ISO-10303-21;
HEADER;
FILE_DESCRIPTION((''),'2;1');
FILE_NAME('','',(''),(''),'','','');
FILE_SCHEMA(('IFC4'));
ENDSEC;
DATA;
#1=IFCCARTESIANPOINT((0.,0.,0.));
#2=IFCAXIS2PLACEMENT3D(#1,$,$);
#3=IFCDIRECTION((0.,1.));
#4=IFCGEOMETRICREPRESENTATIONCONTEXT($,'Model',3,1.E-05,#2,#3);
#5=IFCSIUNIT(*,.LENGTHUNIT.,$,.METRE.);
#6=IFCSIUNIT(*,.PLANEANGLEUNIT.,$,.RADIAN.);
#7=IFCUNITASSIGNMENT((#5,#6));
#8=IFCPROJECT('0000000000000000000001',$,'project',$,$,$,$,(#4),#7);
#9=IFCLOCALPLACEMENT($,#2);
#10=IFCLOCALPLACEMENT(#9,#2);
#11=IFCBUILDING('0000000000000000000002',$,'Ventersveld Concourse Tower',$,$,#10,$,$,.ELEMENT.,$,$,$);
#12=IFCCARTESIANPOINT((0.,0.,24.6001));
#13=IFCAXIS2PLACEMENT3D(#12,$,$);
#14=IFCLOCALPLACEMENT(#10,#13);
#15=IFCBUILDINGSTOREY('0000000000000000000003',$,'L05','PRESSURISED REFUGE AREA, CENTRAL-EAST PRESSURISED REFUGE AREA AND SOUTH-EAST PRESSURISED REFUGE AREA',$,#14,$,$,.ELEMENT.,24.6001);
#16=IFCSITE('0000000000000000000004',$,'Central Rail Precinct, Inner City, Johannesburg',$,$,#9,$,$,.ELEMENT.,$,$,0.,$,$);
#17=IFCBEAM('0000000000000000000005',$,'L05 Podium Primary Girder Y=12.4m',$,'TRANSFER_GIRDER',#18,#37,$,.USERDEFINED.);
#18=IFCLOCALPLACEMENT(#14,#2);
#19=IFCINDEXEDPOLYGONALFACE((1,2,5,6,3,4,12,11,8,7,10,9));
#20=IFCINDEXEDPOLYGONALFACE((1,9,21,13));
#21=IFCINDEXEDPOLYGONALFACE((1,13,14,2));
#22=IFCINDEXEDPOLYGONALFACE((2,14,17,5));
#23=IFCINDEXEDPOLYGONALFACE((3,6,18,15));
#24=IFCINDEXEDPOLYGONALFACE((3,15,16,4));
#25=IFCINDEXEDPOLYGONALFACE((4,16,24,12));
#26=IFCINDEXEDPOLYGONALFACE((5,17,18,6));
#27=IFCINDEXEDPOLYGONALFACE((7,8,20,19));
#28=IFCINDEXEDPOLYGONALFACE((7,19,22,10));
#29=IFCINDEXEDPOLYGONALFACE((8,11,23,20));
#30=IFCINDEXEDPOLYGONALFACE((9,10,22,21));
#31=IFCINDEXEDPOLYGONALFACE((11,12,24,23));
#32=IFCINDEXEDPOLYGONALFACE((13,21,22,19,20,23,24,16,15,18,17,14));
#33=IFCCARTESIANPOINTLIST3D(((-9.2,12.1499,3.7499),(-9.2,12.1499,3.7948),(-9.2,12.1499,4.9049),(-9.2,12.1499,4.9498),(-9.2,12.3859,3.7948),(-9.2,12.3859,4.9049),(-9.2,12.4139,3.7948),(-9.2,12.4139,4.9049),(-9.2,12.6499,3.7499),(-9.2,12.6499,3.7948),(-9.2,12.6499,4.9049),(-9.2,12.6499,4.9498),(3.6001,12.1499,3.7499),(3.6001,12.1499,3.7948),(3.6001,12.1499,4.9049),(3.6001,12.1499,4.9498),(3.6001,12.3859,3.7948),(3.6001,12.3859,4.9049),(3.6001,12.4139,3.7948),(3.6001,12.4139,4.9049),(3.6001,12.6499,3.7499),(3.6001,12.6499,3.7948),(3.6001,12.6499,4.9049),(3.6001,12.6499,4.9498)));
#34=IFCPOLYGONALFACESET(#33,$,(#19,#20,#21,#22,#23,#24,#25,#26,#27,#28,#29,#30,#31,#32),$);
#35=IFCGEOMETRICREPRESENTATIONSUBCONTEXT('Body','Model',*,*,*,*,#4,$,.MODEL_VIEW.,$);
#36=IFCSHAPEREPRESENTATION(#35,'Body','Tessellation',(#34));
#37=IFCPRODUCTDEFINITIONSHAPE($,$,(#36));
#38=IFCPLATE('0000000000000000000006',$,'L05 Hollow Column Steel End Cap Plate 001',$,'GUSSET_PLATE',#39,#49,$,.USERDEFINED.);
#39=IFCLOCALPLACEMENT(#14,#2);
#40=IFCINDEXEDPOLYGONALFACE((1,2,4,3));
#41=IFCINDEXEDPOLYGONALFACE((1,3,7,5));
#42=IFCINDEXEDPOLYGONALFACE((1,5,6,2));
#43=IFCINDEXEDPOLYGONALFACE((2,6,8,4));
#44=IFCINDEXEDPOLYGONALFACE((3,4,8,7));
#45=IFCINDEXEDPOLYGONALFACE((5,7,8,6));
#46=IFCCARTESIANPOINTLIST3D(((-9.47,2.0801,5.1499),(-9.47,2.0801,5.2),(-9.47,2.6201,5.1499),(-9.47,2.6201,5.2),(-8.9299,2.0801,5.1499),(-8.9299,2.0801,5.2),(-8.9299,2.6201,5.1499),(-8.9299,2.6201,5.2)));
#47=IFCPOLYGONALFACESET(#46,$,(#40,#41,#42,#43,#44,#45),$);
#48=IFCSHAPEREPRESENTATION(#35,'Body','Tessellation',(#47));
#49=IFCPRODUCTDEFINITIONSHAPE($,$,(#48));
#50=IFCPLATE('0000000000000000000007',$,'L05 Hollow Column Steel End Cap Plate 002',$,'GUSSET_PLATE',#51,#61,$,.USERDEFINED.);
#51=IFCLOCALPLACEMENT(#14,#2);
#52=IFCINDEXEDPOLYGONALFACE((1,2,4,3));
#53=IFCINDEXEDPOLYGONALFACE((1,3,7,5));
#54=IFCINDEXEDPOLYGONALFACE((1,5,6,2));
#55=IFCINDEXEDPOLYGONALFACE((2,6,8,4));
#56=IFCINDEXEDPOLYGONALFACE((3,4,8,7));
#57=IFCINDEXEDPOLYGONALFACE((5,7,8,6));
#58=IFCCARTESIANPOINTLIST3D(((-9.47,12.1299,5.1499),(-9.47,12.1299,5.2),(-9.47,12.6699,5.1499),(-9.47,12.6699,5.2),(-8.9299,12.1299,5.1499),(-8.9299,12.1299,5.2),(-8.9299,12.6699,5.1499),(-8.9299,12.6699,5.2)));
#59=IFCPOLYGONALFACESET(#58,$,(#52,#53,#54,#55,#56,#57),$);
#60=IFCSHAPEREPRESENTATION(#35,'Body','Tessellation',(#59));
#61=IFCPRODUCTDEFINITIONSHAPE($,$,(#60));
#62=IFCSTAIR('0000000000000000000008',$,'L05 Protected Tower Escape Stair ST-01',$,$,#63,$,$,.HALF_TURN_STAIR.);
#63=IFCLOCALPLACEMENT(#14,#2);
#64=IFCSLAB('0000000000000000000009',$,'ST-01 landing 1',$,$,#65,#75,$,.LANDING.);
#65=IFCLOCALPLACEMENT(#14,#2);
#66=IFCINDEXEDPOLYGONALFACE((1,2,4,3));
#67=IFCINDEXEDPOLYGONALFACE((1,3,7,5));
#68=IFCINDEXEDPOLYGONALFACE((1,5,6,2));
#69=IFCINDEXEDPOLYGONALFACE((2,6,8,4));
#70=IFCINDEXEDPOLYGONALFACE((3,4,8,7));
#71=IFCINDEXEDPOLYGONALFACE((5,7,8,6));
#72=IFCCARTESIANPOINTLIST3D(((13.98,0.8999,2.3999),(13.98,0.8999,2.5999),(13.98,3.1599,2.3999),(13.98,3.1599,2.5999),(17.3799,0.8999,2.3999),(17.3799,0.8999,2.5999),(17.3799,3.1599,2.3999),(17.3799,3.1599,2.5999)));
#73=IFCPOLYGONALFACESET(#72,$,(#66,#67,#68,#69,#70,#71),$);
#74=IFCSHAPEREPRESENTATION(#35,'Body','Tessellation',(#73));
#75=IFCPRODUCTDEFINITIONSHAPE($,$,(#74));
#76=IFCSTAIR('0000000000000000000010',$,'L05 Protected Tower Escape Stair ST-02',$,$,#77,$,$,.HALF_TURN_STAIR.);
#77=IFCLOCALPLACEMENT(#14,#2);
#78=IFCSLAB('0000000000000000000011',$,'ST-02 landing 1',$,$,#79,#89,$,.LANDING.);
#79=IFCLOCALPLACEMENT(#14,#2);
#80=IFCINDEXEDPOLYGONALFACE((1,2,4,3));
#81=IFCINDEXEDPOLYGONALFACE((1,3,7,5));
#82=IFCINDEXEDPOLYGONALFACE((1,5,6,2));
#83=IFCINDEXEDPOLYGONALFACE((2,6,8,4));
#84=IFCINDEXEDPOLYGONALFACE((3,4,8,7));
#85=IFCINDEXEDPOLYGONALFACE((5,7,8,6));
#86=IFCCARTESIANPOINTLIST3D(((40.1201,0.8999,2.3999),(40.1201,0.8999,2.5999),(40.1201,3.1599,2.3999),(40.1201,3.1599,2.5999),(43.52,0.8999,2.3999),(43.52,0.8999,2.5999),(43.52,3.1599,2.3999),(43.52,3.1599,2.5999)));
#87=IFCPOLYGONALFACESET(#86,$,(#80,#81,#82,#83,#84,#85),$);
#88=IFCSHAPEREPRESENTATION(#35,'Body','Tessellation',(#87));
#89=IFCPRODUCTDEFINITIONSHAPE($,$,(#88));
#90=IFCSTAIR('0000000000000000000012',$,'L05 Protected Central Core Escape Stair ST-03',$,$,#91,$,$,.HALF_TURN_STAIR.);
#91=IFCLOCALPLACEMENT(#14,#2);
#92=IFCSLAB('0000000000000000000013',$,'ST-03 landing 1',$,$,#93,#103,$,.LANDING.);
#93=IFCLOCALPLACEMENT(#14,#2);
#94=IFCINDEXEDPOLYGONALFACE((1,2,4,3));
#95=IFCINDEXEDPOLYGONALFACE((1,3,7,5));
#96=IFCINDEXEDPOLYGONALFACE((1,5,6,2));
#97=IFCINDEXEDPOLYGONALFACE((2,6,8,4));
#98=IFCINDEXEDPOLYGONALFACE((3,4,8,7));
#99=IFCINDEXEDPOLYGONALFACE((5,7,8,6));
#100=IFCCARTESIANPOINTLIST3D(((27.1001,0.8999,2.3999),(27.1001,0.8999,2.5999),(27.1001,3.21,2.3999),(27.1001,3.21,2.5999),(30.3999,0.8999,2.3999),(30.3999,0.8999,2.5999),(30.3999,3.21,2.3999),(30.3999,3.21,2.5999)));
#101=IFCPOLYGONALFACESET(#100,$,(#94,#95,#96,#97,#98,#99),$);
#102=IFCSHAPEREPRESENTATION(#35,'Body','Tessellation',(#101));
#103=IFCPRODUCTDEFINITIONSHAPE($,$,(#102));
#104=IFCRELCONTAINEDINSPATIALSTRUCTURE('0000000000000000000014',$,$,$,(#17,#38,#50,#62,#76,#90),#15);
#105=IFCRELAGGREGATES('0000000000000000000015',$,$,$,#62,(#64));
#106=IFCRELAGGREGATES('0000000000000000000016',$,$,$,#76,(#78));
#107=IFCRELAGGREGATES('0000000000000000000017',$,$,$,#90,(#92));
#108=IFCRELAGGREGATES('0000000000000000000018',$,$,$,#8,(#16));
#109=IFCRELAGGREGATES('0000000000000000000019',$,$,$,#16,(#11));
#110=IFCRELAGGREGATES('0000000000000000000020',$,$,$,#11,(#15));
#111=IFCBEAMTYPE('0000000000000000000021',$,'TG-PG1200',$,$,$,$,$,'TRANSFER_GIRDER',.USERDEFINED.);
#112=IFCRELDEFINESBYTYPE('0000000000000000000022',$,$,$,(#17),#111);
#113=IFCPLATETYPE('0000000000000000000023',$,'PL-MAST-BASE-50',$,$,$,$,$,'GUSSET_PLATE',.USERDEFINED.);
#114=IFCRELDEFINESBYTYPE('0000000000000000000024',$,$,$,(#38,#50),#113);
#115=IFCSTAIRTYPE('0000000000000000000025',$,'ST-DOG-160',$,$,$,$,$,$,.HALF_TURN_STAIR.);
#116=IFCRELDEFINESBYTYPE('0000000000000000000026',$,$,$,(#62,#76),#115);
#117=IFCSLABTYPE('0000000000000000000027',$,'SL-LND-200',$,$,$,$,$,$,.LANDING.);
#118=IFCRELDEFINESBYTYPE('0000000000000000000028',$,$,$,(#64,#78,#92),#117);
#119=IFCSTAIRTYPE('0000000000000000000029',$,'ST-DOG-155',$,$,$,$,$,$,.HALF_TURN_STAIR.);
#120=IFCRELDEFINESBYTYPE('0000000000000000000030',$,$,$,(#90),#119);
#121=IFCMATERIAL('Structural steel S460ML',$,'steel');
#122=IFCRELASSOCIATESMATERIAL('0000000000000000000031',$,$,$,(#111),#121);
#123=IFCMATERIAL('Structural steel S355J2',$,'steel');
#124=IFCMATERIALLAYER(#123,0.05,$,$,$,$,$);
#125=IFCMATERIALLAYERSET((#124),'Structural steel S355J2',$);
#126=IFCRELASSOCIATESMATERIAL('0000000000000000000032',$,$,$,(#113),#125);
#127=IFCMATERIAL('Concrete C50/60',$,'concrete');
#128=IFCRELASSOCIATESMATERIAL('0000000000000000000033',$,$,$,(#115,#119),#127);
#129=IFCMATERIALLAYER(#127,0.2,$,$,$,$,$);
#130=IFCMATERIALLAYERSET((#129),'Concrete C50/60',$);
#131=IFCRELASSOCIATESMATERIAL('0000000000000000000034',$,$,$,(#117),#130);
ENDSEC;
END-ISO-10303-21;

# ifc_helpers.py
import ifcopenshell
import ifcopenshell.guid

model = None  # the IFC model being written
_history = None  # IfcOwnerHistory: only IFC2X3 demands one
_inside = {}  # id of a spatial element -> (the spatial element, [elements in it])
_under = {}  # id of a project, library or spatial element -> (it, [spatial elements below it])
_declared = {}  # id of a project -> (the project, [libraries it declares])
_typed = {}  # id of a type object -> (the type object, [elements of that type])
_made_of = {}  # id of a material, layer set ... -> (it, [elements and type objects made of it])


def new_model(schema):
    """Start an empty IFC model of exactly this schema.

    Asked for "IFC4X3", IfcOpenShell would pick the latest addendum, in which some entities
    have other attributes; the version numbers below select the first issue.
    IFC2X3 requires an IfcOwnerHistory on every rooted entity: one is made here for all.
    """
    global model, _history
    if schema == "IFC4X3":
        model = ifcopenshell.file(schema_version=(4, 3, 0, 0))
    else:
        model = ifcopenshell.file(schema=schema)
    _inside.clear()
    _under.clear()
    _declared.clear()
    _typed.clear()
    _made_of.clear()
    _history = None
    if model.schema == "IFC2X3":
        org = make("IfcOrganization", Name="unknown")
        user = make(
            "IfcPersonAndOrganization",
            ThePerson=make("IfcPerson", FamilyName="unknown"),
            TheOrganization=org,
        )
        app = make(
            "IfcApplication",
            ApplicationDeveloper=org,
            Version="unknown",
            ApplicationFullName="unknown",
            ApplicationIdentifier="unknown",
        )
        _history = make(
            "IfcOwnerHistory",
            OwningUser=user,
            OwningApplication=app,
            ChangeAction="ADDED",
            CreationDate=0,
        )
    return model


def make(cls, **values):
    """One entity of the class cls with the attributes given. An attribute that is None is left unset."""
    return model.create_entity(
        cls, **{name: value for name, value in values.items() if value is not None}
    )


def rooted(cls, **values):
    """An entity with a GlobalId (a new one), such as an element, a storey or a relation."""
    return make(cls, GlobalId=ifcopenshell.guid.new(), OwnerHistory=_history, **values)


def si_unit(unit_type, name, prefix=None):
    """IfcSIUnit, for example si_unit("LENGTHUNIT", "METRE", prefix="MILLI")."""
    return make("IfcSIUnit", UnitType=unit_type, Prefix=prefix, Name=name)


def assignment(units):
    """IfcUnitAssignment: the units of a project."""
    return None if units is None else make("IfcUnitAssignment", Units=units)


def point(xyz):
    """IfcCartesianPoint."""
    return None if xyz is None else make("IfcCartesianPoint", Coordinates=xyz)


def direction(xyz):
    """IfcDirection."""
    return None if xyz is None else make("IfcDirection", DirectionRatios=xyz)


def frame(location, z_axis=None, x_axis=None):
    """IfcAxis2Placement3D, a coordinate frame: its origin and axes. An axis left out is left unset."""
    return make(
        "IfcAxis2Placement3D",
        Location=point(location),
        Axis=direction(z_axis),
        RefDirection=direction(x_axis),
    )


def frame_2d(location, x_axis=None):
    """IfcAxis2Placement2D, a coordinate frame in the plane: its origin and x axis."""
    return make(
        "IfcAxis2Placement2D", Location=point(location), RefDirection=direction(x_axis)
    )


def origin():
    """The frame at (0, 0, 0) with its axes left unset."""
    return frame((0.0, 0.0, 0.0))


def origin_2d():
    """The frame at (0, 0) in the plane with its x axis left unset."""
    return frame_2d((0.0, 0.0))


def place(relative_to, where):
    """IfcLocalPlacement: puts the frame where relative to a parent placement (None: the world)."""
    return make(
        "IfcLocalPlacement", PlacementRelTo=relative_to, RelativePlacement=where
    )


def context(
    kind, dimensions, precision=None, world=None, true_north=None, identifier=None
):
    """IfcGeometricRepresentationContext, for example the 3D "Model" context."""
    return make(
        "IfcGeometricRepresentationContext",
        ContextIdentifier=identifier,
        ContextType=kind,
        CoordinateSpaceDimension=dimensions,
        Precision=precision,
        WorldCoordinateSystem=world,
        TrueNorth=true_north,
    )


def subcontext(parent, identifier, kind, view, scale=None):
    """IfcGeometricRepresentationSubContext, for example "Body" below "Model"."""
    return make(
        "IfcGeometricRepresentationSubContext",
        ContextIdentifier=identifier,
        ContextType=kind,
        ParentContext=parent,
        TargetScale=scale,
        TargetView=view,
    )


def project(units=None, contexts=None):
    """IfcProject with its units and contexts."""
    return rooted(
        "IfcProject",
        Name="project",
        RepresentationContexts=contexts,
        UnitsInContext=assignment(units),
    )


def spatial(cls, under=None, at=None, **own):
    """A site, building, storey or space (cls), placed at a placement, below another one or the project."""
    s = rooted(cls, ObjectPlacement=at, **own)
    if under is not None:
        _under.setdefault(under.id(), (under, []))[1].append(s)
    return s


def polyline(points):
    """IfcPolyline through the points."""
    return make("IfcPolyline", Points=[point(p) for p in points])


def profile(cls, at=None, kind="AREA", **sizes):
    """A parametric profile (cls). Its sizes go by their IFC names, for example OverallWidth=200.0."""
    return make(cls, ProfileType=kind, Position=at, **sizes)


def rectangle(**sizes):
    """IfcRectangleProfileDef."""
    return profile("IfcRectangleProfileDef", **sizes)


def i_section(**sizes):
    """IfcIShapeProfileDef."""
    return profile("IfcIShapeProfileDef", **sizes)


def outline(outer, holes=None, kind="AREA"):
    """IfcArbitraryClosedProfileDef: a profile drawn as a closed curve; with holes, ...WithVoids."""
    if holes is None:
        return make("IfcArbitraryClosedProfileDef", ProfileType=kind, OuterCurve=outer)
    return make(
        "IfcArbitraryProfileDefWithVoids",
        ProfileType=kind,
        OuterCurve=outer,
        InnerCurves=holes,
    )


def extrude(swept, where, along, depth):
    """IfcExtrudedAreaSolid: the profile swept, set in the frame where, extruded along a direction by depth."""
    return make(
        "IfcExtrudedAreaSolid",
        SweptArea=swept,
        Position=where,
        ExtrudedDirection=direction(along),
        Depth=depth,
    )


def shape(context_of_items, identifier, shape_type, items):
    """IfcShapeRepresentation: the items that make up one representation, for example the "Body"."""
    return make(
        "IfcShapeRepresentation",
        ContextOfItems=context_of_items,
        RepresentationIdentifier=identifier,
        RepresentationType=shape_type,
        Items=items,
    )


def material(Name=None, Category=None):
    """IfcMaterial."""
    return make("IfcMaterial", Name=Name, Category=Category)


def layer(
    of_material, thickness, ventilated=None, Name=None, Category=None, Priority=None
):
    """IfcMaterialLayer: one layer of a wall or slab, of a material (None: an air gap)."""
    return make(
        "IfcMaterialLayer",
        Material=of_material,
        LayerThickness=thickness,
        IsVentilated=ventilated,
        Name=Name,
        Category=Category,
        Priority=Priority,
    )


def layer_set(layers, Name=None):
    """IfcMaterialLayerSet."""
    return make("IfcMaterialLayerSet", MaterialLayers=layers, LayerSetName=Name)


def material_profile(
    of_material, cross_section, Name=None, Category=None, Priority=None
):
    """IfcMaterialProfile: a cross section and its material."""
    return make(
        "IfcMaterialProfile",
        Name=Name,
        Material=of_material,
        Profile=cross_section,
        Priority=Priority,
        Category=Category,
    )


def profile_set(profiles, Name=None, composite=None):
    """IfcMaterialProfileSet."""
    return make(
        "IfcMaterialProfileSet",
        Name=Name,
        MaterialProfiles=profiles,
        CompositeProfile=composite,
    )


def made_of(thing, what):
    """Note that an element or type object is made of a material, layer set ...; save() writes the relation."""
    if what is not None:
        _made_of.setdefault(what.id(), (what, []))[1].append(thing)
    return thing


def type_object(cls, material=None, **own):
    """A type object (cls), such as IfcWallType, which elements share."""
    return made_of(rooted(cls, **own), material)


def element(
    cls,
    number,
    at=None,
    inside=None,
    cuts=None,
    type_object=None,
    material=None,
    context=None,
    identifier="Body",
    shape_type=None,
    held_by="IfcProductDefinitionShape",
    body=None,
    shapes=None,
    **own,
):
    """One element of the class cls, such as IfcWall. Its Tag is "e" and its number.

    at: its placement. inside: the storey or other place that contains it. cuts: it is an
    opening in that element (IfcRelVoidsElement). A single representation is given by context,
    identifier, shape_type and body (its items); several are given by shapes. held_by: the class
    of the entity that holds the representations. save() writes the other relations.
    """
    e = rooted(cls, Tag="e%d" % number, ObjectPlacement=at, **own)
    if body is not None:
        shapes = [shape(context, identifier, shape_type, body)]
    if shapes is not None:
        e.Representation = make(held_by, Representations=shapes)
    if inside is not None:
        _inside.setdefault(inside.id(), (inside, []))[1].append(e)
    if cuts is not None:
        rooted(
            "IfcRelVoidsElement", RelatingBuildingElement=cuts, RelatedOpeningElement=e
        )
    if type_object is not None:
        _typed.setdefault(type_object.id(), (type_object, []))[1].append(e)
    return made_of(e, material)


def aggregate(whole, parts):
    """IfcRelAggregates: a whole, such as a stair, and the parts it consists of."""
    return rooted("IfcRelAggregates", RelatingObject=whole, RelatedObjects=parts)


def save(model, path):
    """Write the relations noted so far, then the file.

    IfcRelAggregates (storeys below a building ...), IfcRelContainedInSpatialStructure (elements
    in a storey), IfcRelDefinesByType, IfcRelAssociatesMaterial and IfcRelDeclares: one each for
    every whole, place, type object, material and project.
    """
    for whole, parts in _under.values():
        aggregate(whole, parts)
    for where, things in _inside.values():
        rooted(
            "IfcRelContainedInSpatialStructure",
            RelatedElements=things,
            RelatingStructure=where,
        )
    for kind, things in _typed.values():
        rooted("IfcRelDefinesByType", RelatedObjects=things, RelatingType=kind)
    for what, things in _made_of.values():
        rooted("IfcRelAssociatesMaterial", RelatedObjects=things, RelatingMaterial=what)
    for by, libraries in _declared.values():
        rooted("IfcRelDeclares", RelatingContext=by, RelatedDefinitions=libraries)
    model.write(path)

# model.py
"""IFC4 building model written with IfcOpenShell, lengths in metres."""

from ifc_helpers import new_model, si_unit, direction, frame, origin, origin_2d, place, context, subcontext, project, spatial, polyline, rectangle, i_section, outline, extrude, material, layer, layer_set, material_profile, profile_set, type_object, element, aggregate, save


model = new_model("IFC4")

# Units and contexts
model_context = context("Model", 3, precision=1e-05, world=origin(), true_north=direction((0.0, 1.0)))
body_context = subcontext(model_context, "Body", "Model", "MODEL_VIEW")
ifc_project = project(units=[si_unit("LENGTHUNIT", "METRE"), si_unit("PLANEANGLEUNIT", "RADIAN")], contexts=[model_context])

# Site, building, storey
site_placement = place(None, origin())
site = spatial("IfcSite", under=ifc_project, at=site_placement, Name="Central Rail Precinct, Inner City, Johannesburg", CompositionType="ELEMENT", RefElevation=0.0)
building_placement = place(site_placement, origin())
building = spatial("IfcBuilding", under=site, at=building_placement, Name="Ventersveld Concourse Tower", CompositionType="ELEMENT")
storey_placement = place(building_placement, frame((0.0, 0.0, 24.6001)))
storey = spatial("IfcBuildingStorey", under=building, at=storey_placement, Name="L05", Description="PRESSURISED REFUGE AREA, CENTRAL-EAST PRESSURISED REFUGE AREA AND SOUTH-EAST PRESSURISED REFUGE AREA", CompositionType="ELEMENT", Elevation=24.6001)

# Beam
ifc_material_1 = material(Name="Structural steel S355J2", Category="steel")
ifc_material_2 = material(Name="Structural steel S460ML", Category="steel")
ifc_material_profile_1 = material_profile(ifc_material_2, i_section(OverallWidth=0.5, OverallDepth=1.2, WebThickness=0.0281, FlangeThickness=0.0449, at=origin_2d()), Name="PG 1200x500x45")
ifc_profile_set_1 = profile_set([ifc_material_profile_1], Name="Structural steel S460ML")
beam_type_1 = type_object("IfcBeamType", Name="TG-PG1200", ElementType="TRANSFER_GIRDER", PredefinedType="USERDEFINED", material=ifc_profile_set_1)
beam_1_placement = place(storey_placement, frame((-9.2, 12.3999, 4.3499), z_axis=(1.0, 0.0, 0.0), x_axis=(0.0, 1.0, 0.0)))
element("IfcBeam", 1, at=beam_1_placement, inside=storey, type_object=beam_type_1, Name="L05 Podium Primary Girder Y=12.4m", ObjectType="TRANSFER_GIRDER", PredefinedType="USERDEFINED", context=body_context, shape_type="SweptSolid", body=[
    extrude(i_section(OverallWidth=0.5, OverallDepth=1.2, WebThickness=0.0281, FlangeThickness=0.0449, at=origin_2d()), origin(), (0.0, 0.0, 1.0), 12.8),
])

# Plates
ifc_layer_1 = layer(ifc_material_1, 0.05)
ifc_layer_set_1 = layer_set([ifc_layer_1], Name="Structural steel S355J2")
plate_type = type_object("IfcPlateType", Name="PL-MAST-BASE-50", ElementType="GUSSET_PLATE", PredefinedType="USERDEFINED", material=ifc_layer_set_1)
for number, where, z_axis, x_axis, name in (
    (2, (-9.2, 2.3501, 5.1499), (0.0, 0.0, 1.0), (1.0, 0.0, 0.0), "L05 Hollow Column Steel End Cap Plate 001"),
    (3, (-9.2, 12.3999, 5.1499), (0.0, 0.0, 1.0), (1.0, 0.0, 0.0), "L05 Hollow Column Steel End Cap Plate 002"),
):
    element("IfcPlate", number, at=place(storey_placement, frame(where, z_axis=z_axis, x_axis=x_axis)), inside=storey, type_object=plate_type, Name=name, ObjectType="GUSSET_PLATE", PredefinedType="USERDEFINED", context=body_context, shape_type="SweptSolid", body=[
        extrude(rectangle(XDim=0.54, YDim=0.54, at=origin_2d()), origin(), (0.0, 0.0, 1.0), 0.05),
    ])

# Stairs, slabs
ifc_material_3 = material(Name="Concrete C50/60", Category="concrete")
stair_type_1 = type_object("IfcStairType", Name="ST-DOG-160", PredefinedType="HALF_TURN_STAIR", material=ifc_material_3)
stair_1_placement = place(storey_placement, origin())
stair_1 = element("IfcStair", 4, at=stair_1_placement, inside=storey, type_object=stair_type_1, Name="L05 Protected Tower Escape Stair ST-01", PredefinedType="HALF_TURN_STAIR")
ifc_layer_2 = layer(ifc_material_3, 0.2)
ifc_layer_set_2 = layer_set([ifc_layer_2], Name="Concrete C50/60")
slab_type_1 = type_object("IfcSlabType", Name="SL-LND-200", PredefinedType="LANDING", material=ifc_layer_set_2)
slab_1_placement = place(storey_placement, frame((0.0, 0.0, 2.3999)))
slab_1 = element("IfcSlab", 5, at=slab_1_placement, type_object=slab_type_1, Name="ST-01 landing 1", PredefinedType="LANDING", context=body_context, shape_type="SweptSolid", body=[
    extrude(outline(polyline([(13.98, 3.1599), (13.98, 0.8999), (17.3799, 0.8999), (17.3799, 3.1599), (13.98, 3.1599)])), origin(), (0.0, 0.0, 1.0), 0.2),
])
aggregate(stair_1, [slab_1])
stair_2_placement = place(storey_placement, origin())
stair_2 = element("IfcStair", 6, at=stair_2_placement, inside=storey, type_object=stair_type_1, Name="L05 Protected Tower Escape Stair ST-02", PredefinedType="HALF_TURN_STAIR")
slab_2_placement = place(storey_placement, frame((0.0, 0.0, 2.3999)))
slab_2 = element("IfcSlab", 7, at=slab_2_placement, type_object=slab_type_1, Name="ST-02 landing 1", PredefinedType="LANDING", context=body_context, shape_type="SweptSolid", body=[
    extrude(outline(polyline([(40.1201, 3.1599), (40.1201, 0.8999), (43.52, 0.8999), (43.52, 3.1599), (40.1201, 3.1599)])), origin(), (0.0, 0.0, 1.0), 0.2),
])
aggregate(stair_2, [slab_2])
stair_type_2 = type_object("IfcStairType", Name="ST-DOG-155", PredefinedType="HALF_TURN_STAIR", material=ifc_material_3)
stair_3_placement = place(storey_placement, origin())
stair_3 = element("IfcStair", 8, at=stair_3_placement, inside=storey, type_object=stair_type_2, Name="L05 Protected Central Core Escape Stair ST-03", PredefinedType="HALF_TURN_STAIR")
slab_3_placement = place(storey_placement, frame((0.0, 0.0, 2.3999)))
slab_3 = element("IfcSlab", 9, at=slab_3_placement, type_object=slab_type_1, Name="ST-03 landing 1", PredefinedType="LANDING", context=body_context, shape_type="SweptSolid", body=[
    extrude(outline(polyline([(27.1001, 3.21), (27.1001, 0.8999), (30.3999, 0.8999), (30.3999, 3.21), (27.1001, 3.21)])), origin(), (0.0, 0.0, 1.0), 0.2),
])
aggregate(stair_3, [slab_3])

save(model, "model.ifc")
